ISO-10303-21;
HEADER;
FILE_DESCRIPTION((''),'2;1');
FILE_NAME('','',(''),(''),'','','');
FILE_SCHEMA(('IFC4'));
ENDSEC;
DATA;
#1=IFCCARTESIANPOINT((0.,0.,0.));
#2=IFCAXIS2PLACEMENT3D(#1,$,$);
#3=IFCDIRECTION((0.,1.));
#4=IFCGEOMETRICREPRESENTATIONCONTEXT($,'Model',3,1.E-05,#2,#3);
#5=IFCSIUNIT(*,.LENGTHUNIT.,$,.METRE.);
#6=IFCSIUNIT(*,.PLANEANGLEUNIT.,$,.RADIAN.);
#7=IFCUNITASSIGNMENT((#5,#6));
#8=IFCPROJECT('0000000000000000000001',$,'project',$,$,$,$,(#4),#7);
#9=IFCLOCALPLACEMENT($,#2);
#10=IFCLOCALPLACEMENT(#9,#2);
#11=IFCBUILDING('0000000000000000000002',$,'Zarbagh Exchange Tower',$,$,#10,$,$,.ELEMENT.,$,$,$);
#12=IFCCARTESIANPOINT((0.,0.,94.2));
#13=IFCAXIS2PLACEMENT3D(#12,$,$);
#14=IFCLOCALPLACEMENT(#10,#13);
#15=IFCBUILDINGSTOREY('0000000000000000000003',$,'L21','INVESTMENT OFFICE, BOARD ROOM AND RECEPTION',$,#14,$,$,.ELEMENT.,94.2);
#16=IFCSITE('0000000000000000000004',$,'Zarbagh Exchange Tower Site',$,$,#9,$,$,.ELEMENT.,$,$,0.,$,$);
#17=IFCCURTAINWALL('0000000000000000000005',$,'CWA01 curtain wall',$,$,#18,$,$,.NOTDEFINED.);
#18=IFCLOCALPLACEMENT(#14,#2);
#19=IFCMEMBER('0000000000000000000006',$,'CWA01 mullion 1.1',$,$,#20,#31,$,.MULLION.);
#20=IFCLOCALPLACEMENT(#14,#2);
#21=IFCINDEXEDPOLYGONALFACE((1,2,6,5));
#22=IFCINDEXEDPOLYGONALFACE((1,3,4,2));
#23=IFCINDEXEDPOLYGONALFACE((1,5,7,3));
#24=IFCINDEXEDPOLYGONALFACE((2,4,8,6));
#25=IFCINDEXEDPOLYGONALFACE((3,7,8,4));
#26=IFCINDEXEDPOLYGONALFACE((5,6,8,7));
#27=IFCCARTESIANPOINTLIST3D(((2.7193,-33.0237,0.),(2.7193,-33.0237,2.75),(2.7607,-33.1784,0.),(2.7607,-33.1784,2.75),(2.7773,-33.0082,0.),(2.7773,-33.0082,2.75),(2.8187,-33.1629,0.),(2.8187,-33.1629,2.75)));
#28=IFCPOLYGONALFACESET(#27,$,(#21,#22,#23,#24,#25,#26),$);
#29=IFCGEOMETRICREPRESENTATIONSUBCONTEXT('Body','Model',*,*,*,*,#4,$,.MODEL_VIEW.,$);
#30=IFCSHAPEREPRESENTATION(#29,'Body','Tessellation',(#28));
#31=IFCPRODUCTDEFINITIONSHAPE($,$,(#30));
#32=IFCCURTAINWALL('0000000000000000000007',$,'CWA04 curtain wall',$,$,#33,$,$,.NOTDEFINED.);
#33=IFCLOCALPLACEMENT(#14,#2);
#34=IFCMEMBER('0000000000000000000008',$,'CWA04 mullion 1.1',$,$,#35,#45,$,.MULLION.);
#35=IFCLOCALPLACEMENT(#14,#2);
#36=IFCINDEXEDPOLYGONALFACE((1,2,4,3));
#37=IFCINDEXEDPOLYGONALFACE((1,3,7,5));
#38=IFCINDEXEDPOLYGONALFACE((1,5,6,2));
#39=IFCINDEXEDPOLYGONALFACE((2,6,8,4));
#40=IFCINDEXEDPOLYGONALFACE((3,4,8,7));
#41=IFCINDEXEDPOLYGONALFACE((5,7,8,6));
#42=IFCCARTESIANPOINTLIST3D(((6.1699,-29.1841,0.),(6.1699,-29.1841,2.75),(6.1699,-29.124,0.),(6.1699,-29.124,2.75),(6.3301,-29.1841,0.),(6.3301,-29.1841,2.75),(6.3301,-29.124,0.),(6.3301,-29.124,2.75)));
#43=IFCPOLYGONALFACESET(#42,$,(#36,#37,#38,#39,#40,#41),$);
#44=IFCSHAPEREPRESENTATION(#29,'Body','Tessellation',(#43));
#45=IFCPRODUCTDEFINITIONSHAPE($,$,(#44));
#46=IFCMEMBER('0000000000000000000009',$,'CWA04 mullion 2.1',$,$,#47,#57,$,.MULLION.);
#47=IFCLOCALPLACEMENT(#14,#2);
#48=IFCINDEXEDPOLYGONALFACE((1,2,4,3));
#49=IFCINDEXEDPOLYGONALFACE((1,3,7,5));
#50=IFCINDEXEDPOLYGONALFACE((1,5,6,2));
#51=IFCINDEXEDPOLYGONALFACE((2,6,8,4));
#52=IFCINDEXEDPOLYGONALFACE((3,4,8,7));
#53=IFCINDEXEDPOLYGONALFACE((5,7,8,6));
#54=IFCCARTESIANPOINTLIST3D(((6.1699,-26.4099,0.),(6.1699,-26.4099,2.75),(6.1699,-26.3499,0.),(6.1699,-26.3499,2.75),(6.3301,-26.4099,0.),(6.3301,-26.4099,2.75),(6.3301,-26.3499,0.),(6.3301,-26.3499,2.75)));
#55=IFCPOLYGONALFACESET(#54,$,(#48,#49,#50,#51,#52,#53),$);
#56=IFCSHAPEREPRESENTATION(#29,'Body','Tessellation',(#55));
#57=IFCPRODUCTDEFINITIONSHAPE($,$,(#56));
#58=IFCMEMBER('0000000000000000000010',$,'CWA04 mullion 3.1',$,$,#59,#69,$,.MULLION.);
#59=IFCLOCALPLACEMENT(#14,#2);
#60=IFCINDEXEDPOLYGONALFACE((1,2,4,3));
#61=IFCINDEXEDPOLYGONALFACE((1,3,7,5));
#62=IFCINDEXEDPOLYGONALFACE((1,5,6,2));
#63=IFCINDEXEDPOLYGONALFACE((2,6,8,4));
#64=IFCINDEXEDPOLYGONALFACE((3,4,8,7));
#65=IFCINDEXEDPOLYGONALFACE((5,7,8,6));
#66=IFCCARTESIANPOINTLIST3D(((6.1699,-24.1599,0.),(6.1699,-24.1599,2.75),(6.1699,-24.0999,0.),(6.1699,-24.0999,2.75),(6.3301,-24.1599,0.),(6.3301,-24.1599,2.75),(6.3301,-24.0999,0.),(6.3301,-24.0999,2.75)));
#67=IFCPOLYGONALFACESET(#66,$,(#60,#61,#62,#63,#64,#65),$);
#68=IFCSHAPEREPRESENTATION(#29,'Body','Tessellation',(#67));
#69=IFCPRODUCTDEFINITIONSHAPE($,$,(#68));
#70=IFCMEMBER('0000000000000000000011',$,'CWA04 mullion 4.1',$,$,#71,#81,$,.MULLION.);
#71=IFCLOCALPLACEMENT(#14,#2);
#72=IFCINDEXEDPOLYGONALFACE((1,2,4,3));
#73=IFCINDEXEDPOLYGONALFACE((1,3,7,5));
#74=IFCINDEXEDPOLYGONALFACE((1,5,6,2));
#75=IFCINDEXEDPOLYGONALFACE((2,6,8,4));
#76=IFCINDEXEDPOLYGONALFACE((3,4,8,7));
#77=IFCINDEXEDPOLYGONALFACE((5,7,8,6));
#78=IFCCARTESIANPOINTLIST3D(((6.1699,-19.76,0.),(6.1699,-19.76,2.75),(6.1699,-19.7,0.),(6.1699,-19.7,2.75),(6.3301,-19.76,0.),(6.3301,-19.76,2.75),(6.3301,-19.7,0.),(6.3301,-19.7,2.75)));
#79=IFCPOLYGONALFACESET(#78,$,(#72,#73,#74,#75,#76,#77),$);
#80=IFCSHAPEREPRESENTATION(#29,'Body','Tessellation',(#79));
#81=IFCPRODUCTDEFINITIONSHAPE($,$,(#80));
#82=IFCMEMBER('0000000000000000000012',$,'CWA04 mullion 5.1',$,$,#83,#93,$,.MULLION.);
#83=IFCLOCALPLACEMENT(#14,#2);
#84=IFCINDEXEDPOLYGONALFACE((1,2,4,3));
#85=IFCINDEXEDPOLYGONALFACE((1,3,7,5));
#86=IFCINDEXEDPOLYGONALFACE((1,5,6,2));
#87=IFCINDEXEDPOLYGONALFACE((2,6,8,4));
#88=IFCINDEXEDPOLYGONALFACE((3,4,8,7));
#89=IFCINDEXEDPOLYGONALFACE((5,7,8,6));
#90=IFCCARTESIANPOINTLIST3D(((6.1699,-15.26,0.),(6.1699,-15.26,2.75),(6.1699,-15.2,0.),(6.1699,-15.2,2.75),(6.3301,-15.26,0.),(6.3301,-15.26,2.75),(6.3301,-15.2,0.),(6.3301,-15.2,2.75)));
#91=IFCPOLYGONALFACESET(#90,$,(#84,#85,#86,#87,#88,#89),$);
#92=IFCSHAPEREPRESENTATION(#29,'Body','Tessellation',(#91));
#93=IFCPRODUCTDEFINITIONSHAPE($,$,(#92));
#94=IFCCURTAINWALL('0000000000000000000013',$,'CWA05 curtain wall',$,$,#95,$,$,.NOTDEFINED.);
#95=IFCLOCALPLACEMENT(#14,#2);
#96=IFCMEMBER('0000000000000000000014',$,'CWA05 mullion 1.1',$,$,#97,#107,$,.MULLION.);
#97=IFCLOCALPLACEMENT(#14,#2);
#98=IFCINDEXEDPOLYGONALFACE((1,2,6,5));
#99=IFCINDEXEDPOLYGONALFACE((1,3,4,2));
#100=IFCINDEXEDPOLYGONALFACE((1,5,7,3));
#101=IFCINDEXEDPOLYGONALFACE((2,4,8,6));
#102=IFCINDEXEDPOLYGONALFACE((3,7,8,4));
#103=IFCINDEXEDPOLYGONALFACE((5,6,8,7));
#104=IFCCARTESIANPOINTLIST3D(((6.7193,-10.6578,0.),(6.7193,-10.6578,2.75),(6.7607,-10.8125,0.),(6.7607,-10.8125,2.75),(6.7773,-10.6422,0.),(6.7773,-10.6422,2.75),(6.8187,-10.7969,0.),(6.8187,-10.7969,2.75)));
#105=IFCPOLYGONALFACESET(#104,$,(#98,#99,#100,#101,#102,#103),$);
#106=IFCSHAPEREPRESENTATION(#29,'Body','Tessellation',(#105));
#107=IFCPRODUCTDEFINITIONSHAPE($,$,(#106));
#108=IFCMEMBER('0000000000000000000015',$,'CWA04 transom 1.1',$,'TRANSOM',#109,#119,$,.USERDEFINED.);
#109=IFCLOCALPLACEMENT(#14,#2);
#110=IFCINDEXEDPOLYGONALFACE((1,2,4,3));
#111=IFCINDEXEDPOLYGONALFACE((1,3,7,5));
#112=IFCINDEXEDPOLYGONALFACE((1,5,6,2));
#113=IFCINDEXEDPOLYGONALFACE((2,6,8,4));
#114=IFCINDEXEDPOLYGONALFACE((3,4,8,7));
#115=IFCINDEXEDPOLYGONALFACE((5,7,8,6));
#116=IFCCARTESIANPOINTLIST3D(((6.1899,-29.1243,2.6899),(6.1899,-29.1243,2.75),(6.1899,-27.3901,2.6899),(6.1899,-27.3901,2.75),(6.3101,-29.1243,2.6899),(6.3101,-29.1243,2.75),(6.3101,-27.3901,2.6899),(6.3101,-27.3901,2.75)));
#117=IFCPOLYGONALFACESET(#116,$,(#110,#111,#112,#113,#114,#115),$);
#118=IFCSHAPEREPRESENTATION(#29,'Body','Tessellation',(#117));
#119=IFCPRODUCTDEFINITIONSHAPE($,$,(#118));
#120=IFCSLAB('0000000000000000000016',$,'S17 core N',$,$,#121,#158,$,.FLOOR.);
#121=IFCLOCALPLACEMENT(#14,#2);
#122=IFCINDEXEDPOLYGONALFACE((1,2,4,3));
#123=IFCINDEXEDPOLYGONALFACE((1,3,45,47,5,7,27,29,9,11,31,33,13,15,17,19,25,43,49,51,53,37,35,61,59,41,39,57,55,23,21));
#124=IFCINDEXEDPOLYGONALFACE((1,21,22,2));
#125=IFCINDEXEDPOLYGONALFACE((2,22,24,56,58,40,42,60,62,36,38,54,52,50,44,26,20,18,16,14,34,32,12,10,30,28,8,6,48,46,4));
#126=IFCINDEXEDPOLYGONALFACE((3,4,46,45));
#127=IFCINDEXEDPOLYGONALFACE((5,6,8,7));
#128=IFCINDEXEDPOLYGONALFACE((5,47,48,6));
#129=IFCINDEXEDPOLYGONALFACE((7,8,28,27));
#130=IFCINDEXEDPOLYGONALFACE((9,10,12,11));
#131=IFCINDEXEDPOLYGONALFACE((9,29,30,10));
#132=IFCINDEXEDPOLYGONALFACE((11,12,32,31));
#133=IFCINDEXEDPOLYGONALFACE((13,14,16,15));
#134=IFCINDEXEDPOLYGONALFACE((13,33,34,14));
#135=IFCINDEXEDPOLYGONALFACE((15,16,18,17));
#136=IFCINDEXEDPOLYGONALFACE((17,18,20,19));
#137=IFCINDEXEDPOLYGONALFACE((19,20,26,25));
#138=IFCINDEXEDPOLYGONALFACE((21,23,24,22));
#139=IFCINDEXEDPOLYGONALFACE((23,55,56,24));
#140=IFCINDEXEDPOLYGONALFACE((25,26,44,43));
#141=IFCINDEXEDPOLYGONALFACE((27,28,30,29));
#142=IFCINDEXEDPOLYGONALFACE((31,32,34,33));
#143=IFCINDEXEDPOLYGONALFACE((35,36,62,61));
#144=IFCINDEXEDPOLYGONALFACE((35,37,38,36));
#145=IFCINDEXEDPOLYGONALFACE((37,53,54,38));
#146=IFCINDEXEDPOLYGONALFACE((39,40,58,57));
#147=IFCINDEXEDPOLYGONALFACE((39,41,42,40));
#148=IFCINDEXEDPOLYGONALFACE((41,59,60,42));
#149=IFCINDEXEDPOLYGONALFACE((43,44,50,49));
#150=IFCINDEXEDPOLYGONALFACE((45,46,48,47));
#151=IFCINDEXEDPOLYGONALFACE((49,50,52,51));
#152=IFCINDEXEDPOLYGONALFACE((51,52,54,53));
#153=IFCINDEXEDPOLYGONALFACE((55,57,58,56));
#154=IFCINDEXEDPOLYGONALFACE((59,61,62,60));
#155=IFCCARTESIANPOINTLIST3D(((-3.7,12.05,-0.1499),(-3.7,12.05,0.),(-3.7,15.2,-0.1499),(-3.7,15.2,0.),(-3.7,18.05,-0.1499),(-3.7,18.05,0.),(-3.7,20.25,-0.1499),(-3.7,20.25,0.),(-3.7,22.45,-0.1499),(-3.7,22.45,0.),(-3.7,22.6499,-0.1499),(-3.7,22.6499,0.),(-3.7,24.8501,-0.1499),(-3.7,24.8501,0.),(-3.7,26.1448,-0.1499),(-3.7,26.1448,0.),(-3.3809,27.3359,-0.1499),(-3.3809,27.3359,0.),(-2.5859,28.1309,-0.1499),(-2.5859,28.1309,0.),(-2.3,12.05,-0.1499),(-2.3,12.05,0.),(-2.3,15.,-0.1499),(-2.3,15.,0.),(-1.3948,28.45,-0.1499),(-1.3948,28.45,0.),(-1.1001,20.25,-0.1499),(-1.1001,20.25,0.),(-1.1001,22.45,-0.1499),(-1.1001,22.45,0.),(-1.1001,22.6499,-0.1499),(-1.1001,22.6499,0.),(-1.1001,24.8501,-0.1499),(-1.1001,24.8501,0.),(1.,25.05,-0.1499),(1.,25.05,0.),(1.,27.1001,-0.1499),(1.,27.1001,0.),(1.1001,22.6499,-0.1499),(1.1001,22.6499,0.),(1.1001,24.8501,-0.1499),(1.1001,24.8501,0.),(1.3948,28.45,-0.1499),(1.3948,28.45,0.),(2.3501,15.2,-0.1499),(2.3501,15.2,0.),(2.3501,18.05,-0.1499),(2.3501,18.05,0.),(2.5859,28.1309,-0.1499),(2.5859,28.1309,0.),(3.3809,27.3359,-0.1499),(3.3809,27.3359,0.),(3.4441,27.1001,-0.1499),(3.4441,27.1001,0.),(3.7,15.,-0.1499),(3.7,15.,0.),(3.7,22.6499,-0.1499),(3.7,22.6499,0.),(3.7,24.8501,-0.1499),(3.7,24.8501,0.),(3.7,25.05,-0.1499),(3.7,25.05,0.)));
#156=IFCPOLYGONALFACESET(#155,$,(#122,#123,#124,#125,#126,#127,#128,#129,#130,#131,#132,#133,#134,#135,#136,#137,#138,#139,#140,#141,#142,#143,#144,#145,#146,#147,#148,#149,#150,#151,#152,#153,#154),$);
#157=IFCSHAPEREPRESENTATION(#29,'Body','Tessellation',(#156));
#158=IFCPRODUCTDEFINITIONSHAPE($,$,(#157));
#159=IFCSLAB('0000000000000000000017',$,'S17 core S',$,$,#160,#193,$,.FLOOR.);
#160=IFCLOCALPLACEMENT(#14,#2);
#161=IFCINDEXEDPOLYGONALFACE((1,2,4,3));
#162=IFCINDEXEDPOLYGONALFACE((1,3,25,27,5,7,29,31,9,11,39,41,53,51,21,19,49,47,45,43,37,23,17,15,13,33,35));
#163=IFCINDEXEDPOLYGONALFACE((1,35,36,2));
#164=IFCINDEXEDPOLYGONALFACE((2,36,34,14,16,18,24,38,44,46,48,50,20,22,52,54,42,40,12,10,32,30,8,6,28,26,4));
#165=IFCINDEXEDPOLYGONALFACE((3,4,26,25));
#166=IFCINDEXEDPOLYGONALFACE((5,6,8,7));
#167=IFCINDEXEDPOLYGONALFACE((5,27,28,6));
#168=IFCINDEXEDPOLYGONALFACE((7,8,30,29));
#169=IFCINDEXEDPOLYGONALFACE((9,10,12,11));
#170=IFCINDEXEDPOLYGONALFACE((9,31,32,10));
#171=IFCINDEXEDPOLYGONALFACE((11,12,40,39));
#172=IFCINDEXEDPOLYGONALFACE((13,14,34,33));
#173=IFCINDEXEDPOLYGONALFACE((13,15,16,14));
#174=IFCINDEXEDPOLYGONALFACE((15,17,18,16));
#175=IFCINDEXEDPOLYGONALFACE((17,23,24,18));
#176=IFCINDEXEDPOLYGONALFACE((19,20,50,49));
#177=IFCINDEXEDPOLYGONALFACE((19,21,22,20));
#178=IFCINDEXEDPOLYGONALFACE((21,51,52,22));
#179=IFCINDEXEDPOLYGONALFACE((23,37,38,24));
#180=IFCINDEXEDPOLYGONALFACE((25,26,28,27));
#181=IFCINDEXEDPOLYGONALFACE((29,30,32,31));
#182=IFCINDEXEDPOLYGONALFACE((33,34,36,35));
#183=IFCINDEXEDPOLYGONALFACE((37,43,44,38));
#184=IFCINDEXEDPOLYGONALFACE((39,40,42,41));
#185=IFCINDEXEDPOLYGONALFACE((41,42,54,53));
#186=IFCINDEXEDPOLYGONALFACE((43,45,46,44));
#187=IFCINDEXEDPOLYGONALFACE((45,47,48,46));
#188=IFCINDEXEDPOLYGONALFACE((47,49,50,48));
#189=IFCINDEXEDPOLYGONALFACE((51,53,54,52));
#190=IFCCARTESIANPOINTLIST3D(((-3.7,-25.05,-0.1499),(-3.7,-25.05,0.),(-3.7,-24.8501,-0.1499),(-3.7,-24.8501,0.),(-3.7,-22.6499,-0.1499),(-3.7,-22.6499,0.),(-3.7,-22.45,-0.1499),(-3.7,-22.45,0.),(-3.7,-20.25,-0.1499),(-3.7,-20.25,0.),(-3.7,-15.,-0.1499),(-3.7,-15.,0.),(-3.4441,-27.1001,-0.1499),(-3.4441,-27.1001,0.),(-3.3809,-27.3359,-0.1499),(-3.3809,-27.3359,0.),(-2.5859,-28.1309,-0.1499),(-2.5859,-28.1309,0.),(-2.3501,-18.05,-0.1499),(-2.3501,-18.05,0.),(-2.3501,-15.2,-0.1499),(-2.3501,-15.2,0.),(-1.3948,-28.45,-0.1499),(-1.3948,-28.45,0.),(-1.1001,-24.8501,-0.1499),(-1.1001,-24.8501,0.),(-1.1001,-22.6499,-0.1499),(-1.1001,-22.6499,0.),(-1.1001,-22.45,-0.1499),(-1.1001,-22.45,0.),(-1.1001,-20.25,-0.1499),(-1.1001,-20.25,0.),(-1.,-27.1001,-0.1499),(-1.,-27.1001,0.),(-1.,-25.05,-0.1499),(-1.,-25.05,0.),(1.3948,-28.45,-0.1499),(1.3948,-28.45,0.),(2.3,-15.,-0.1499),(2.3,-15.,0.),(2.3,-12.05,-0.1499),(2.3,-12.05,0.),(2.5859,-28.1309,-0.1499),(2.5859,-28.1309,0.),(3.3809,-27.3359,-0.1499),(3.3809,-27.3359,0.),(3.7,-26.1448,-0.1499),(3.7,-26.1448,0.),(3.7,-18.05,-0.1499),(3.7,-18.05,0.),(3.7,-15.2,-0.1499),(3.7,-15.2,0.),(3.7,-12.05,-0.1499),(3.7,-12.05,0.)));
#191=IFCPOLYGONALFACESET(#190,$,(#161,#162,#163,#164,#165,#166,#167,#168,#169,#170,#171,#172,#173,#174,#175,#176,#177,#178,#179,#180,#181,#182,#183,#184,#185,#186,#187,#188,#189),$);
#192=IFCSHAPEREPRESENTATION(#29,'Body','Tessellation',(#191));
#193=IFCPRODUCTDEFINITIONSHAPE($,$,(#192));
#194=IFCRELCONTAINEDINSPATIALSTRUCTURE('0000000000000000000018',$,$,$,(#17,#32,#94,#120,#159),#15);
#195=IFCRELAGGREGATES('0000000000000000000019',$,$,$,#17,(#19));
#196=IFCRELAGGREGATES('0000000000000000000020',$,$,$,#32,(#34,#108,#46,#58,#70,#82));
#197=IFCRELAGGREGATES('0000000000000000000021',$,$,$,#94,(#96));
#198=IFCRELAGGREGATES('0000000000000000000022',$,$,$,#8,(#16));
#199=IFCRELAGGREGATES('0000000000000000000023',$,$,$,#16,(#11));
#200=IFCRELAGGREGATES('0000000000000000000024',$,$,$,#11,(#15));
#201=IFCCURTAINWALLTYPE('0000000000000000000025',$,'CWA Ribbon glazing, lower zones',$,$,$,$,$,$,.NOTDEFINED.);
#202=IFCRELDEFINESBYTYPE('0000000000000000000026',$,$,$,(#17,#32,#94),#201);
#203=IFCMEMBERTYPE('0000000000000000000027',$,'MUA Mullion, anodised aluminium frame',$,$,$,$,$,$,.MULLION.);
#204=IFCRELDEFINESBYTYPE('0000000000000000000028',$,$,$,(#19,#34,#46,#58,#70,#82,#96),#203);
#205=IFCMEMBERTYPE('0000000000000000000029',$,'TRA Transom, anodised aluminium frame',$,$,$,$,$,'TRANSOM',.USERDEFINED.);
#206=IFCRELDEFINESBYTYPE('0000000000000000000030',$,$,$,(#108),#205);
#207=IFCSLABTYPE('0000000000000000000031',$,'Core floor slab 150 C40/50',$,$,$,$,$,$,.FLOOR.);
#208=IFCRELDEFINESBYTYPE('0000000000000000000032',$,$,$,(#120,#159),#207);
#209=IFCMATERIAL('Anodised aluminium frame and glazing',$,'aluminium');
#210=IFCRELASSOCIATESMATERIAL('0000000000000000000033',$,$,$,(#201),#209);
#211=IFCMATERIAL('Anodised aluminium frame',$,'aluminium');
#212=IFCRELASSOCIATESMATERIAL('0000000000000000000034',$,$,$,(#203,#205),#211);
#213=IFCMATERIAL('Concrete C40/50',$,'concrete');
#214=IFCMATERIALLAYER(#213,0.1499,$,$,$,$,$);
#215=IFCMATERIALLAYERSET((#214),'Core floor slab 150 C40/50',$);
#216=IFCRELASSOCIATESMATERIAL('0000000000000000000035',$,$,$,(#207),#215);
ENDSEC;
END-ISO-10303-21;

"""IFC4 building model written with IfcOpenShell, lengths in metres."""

from ifc_helpers import new_model, si_unit, direction, frame, origin, place, context, subcontext, project, spatial, polyline, outline, extrude, source, transform, mapped, material, layer, layer_set, type_object, element, aggregate, save


model = new_model("IFC4")

# Units and contexts
model_context = context("Model", 3, precision=1e-05, world=origin(), true_north=direction((0.0, 1.0)))
body_context = subcontext(model_context, "Body", "Model", "MODEL_VIEW")
ifc_project = project(units=[si_unit("LENGTHUNIT", "METRE"), si_unit("PLANEANGLEUNIT", "RADIAN")], contexts=[model_context])

# Site, building, storey
site_placement = place(None, origin())
site = spatial("IfcSite", under=ifc_project, at=site_placement, Name="Zarbagh Exchange Tower Site", CompositionType="ELEMENT", RefElevation=0.0)
building_placement = place(site_placement, origin())
building = spatial("IfcBuilding", under=site, at=building_placement, Name="Zarbagh Exchange Tower", CompositionType="ELEMENT")
storey_placement = place(building_placement, frame((0.0, 0.0, 94.2)))
storey = spatial("IfcBuildingStorey", under=building, at=storey_placement, Name="L21", Description="INVESTMENT OFFICE, BOARD ROOM AND RECEPTION", CompositionType="ELEMENT", Elevation=94.2)

# Curtain wall, member
ifc_material_1 = material(Name="Anodised aluminium frame and glazing", Category="aluminium")
curtain_wall_type = type_object("IfcCurtainWallType", Name="CWA Ribbon glazing, lower zones", PredefinedType="NOTDEFINED", material=ifc_material_1)
curtain_wall_1_placement = place(storey_placement, origin())
curtain_wall_1 = element("IfcCurtainWall", 1, at=curtain_wall_1_placement, inside=storey, type_object=curtain_wall_type, Name="CWA01 curtain wall", PredefinedType="NOTDEFINED")
ifc_material_2 = material(Name="Anodised aluminium frame", Category="aluminium")
member_type_1 = type_object("IfcMemberType", Name="MUA Mullion, anodised aluminium frame", PredefinedType="MULLION", material=ifc_material_2)
shared_shape_1 = source(origin(), body_context, "Body", "SweptSolid", [
    extrude(outline(polyline([(0.0, -0.0801), (0.0601, -0.0801), (0.0601, 0.0801), (0.0, 0.0801), (0.0, -0.0801)])), origin(), (0.0, 0.0, 1.0), 2.75),
])
placement = place(storey_placement, origin())
member_1 = element("IfcMember", 2, at=placement, type_object=member_type_1, Name="CWA01 mullion 1.1", PredefinedType="MULLION", context=body_context, shape_type="MappedRepresentation", body=[
    mapped(shared_shape_1, transform((2.74, -33.1011, 0.0), x_axis=(0.965924, 0.258825, 0.0), y_axis=(-0.258825, 0.965924, 0.0), z_axis=(0.0, 0.0, 1.0))),
])

# Curtain wall, members
curtain_wall_2_placement = place(storey_placement, origin())
curtain_wall_2 = element("IfcCurtainWall", 3, at=curtain_wall_2_placement, inside=storey, type_object=curtain_wall_type, Name="CWA04 curtain wall", PredefinedType="NOTDEFINED")
member_2 = element("IfcMember", 4, at=placement, type_object=member_type_1, Name="CWA04 mullion 1.1", PredefinedType="MULLION", context=body_context, shape_type="MappedRepresentation", body=[
    mapped(shared_shape_1, transform((6.25, -29.1841, 0.0), x_axis=(0.0, 1.0, 0.0), y_axis=(-1.0, 0.0, 0.0), z_axis=(0.0, 0.0, 1.0))),
])
member_3 = element("IfcMember", 5, at=placement, type_object=member_type_1, Name="CWA04 mullion 2.1", PredefinedType="MULLION", context=body_context, shape_type="MappedRepresentation", body=[
    mapped(shared_shape_1, transform((6.25, -26.4099, 0.0), x_axis=(0.0, 1.0, 0.0), y_axis=(-1.0, 0.0, 0.0), z_axis=(0.0, 0.0, 1.0))),
])
member_4 = element("IfcMember", 6, at=placement, type_object=member_type_1, Name="CWA04 mullion 3.1", PredefinedType="MULLION", context=body_context, shape_type="MappedRepresentation", body=[
    mapped(shared_shape_1, transform((6.25, -24.1599, 0.0), x_axis=(0.0, 1.0, 0.0), y_axis=(-1.0, 0.0, 0.0), z_axis=(0.0, 0.0, 1.0))),
])
member_5 = element("IfcMember", 7, at=placement, type_object=member_type_1, Name="CWA04 mullion 4.1", PredefinedType="MULLION", context=body_context, shape_type="MappedRepresentation", body=[
    mapped(shared_shape_1, transform((6.25, -19.76, 0.0), x_axis=(0.0, 1.0, 0.0), y_axis=(-1.0, 0.0, 0.0), z_axis=(0.0, 0.0, 1.0))),
])
member_6 = element("IfcMember", 8, at=placement, type_object=member_type_1, Name="CWA04 mullion 5.1", PredefinedType="MULLION", context=body_context, shape_type="MappedRepresentation", body=[
    mapped(shared_shape_1, transform((6.25, -15.26, 0.0), x_axis=(0.0, 1.0, 0.0), y_axis=(-1.0, 0.0, 0.0), z_axis=(0.0, 0.0, 1.0))),
])

# Curtain wall, member
curtain_wall_3_placement = place(storey_placement, origin())
curtain_wall_3 = element("IfcCurtainWall", 9, at=curtain_wall_3_placement, inside=storey, type_object=curtain_wall_type, Name="CWA05 curtain wall", PredefinedType="NOTDEFINED")
member_7 = element("IfcMember", 10, at=placement, type_object=member_type_1, Name="CWA05 mullion 1.1", PredefinedType="MULLION", context=body_context, shape_type="MappedRepresentation", body=[
    mapped(shared_shape_1, transform((6.74, -10.7351, 0.0), x_axis=(0.965924, 0.258825, 0.0), y_axis=(-0.258825, 0.965924, 0.0), z_axis=(0.0, 0.0, 1.0))),
])

# Member
member_type_2 = type_object("IfcMemberType", Name="TRA Transom, anodised aluminium frame", ElementType="TRANSOM", PredefinedType="USERDEFINED", material=ifc_material_2)
shared_shape_2 = source(origin(), body_context, "Body", "SweptSolid", [
    extrude(outline(polyline([(-0.0601, -0.0601), (0.0, -0.0601), (0.0, 0.0601), (-0.0601, 0.0601), (-0.0601, -0.0601)])), origin(), (0.0, 0.0, 1.0), 1.7341),
])
member_8 = element("IfcMember", 11, at=placement, type_object=member_type_2, Name="CWA04 transom 1.1", ObjectType="TRANSOM", PredefinedType="USERDEFINED", context=body_context, shape_type="MappedRepresentation", body=[
    mapped(shared_shape_2, transform((6.25, -29.1243, 2.75), x_axis=(0.0, 0.0, 1.0), y_axis=(1.0, 0.0, 0.0), z_axis=(0.0, 1.0, 0.0))),
])

# Slabs
ifc_material_3 = material(Name="Concrete C40/50", Category="concrete")
ifc_layer_1 = layer(ifc_material_3, 0.1499)
ifc_layer_set_1 = layer_set([ifc_layer_1], Name="Core floor slab 150 C40/50")
slab_type = type_object("IfcSlabType", Name="Core floor slab 150 C40/50", PredefinedType="FLOOR", material=ifc_layer_set_1)
slab_1_placement = place(storey_placement, frame((0.0, 0.0, -0.1499)))
element("IfcSlab", 12, at=slab_1_placement, inside=storey, type_object=slab_type, Name="S17 core N", PredefinedType="FLOOR", context=body_context, shape_type="SweptSolid", body=[
    extrude(outline(polyline([(-3.7, 12.05), (-3.7, 15.2), (2.3501, 15.2), (2.3501, 18.05), (-3.7, 18.05), (-3.7, 20.25), (-1.1001, 20.25), (-1.1001, 22.45), (-3.7, 22.45), (-3.7, 22.6499), (-1.1001, 22.6499), (-1.1001, 24.8501), (-3.7, 24.8501), (-3.7, 26.1448), (-3.3809, 27.3359), (-2.5859, 28.1309), (-1.3948, 28.45), (1.3948, 28.45), (2.5859, 28.1309), (3.3809, 27.3359), (3.6465, 26.3447), (3.4441, 27.1001), (1.0, 27.1001), (1.0, 25.05), (3.7, 25.05), (3.7, 24.8501), (1.1001, 24.8501), (1.1001, 22.6499), (3.7, 22.6499), (3.7, 15.0), (-2.3, 15.0), (-2.3, 12.05), (-3.7, 12.05)])), origin(), (0.0, 0.0, 1.0), 0.1499),
])
slab_2_placement = place(storey_placement, frame((0.0, 0.0, -0.1499)))
element("IfcSlab", 13, at=slab_2_placement, inside=storey, type_object=slab_type, Name="S17 core S", PredefinedType="FLOOR", context=body_context, shape_type="SweptSolid", body=[
    extrude(outline(polyline([(-2.5859, -28.1309), (-3.3809, -27.3359), (-3.6465, -26.3447), (-3.4441, -27.1001), (-1.0, -27.1001), (-1.0, -25.05), (-3.7, -25.05), (-3.7, -24.8501), (-1.1001, -24.8501), (-1.1001, -22.6499), (-3.7, -22.6499), (-3.7, -22.45), (-1.1001, -22.45), (-1.1001, -20.25), (-3.7, -20.25), (-3.7, -15.0), (2.3, -15.0), (2.3, -12.05), (3.7, -12.05), (3.7, -15.2), (-2.3501, -15.2), (-2.3501, -18.05), (3.7, -18.05), (3.7, -26.1448), (3.3809, -27.3359), (2.5859, -28.1309), (1.3948, -28.45), (-1.3948, -28.45), (-2.5859, -28.1309)])), origin(), (0.0, 0.0, 1.0), 0.1499),
])

aggregate(curtain_wall_1, [member_1])

aggregate(curtain_wall_2, [member_2, member_8, member_3, member_4, member_5, member_6])
aggregate(curtain_wall_3, [member_7])

save(model, "model.ifc")
